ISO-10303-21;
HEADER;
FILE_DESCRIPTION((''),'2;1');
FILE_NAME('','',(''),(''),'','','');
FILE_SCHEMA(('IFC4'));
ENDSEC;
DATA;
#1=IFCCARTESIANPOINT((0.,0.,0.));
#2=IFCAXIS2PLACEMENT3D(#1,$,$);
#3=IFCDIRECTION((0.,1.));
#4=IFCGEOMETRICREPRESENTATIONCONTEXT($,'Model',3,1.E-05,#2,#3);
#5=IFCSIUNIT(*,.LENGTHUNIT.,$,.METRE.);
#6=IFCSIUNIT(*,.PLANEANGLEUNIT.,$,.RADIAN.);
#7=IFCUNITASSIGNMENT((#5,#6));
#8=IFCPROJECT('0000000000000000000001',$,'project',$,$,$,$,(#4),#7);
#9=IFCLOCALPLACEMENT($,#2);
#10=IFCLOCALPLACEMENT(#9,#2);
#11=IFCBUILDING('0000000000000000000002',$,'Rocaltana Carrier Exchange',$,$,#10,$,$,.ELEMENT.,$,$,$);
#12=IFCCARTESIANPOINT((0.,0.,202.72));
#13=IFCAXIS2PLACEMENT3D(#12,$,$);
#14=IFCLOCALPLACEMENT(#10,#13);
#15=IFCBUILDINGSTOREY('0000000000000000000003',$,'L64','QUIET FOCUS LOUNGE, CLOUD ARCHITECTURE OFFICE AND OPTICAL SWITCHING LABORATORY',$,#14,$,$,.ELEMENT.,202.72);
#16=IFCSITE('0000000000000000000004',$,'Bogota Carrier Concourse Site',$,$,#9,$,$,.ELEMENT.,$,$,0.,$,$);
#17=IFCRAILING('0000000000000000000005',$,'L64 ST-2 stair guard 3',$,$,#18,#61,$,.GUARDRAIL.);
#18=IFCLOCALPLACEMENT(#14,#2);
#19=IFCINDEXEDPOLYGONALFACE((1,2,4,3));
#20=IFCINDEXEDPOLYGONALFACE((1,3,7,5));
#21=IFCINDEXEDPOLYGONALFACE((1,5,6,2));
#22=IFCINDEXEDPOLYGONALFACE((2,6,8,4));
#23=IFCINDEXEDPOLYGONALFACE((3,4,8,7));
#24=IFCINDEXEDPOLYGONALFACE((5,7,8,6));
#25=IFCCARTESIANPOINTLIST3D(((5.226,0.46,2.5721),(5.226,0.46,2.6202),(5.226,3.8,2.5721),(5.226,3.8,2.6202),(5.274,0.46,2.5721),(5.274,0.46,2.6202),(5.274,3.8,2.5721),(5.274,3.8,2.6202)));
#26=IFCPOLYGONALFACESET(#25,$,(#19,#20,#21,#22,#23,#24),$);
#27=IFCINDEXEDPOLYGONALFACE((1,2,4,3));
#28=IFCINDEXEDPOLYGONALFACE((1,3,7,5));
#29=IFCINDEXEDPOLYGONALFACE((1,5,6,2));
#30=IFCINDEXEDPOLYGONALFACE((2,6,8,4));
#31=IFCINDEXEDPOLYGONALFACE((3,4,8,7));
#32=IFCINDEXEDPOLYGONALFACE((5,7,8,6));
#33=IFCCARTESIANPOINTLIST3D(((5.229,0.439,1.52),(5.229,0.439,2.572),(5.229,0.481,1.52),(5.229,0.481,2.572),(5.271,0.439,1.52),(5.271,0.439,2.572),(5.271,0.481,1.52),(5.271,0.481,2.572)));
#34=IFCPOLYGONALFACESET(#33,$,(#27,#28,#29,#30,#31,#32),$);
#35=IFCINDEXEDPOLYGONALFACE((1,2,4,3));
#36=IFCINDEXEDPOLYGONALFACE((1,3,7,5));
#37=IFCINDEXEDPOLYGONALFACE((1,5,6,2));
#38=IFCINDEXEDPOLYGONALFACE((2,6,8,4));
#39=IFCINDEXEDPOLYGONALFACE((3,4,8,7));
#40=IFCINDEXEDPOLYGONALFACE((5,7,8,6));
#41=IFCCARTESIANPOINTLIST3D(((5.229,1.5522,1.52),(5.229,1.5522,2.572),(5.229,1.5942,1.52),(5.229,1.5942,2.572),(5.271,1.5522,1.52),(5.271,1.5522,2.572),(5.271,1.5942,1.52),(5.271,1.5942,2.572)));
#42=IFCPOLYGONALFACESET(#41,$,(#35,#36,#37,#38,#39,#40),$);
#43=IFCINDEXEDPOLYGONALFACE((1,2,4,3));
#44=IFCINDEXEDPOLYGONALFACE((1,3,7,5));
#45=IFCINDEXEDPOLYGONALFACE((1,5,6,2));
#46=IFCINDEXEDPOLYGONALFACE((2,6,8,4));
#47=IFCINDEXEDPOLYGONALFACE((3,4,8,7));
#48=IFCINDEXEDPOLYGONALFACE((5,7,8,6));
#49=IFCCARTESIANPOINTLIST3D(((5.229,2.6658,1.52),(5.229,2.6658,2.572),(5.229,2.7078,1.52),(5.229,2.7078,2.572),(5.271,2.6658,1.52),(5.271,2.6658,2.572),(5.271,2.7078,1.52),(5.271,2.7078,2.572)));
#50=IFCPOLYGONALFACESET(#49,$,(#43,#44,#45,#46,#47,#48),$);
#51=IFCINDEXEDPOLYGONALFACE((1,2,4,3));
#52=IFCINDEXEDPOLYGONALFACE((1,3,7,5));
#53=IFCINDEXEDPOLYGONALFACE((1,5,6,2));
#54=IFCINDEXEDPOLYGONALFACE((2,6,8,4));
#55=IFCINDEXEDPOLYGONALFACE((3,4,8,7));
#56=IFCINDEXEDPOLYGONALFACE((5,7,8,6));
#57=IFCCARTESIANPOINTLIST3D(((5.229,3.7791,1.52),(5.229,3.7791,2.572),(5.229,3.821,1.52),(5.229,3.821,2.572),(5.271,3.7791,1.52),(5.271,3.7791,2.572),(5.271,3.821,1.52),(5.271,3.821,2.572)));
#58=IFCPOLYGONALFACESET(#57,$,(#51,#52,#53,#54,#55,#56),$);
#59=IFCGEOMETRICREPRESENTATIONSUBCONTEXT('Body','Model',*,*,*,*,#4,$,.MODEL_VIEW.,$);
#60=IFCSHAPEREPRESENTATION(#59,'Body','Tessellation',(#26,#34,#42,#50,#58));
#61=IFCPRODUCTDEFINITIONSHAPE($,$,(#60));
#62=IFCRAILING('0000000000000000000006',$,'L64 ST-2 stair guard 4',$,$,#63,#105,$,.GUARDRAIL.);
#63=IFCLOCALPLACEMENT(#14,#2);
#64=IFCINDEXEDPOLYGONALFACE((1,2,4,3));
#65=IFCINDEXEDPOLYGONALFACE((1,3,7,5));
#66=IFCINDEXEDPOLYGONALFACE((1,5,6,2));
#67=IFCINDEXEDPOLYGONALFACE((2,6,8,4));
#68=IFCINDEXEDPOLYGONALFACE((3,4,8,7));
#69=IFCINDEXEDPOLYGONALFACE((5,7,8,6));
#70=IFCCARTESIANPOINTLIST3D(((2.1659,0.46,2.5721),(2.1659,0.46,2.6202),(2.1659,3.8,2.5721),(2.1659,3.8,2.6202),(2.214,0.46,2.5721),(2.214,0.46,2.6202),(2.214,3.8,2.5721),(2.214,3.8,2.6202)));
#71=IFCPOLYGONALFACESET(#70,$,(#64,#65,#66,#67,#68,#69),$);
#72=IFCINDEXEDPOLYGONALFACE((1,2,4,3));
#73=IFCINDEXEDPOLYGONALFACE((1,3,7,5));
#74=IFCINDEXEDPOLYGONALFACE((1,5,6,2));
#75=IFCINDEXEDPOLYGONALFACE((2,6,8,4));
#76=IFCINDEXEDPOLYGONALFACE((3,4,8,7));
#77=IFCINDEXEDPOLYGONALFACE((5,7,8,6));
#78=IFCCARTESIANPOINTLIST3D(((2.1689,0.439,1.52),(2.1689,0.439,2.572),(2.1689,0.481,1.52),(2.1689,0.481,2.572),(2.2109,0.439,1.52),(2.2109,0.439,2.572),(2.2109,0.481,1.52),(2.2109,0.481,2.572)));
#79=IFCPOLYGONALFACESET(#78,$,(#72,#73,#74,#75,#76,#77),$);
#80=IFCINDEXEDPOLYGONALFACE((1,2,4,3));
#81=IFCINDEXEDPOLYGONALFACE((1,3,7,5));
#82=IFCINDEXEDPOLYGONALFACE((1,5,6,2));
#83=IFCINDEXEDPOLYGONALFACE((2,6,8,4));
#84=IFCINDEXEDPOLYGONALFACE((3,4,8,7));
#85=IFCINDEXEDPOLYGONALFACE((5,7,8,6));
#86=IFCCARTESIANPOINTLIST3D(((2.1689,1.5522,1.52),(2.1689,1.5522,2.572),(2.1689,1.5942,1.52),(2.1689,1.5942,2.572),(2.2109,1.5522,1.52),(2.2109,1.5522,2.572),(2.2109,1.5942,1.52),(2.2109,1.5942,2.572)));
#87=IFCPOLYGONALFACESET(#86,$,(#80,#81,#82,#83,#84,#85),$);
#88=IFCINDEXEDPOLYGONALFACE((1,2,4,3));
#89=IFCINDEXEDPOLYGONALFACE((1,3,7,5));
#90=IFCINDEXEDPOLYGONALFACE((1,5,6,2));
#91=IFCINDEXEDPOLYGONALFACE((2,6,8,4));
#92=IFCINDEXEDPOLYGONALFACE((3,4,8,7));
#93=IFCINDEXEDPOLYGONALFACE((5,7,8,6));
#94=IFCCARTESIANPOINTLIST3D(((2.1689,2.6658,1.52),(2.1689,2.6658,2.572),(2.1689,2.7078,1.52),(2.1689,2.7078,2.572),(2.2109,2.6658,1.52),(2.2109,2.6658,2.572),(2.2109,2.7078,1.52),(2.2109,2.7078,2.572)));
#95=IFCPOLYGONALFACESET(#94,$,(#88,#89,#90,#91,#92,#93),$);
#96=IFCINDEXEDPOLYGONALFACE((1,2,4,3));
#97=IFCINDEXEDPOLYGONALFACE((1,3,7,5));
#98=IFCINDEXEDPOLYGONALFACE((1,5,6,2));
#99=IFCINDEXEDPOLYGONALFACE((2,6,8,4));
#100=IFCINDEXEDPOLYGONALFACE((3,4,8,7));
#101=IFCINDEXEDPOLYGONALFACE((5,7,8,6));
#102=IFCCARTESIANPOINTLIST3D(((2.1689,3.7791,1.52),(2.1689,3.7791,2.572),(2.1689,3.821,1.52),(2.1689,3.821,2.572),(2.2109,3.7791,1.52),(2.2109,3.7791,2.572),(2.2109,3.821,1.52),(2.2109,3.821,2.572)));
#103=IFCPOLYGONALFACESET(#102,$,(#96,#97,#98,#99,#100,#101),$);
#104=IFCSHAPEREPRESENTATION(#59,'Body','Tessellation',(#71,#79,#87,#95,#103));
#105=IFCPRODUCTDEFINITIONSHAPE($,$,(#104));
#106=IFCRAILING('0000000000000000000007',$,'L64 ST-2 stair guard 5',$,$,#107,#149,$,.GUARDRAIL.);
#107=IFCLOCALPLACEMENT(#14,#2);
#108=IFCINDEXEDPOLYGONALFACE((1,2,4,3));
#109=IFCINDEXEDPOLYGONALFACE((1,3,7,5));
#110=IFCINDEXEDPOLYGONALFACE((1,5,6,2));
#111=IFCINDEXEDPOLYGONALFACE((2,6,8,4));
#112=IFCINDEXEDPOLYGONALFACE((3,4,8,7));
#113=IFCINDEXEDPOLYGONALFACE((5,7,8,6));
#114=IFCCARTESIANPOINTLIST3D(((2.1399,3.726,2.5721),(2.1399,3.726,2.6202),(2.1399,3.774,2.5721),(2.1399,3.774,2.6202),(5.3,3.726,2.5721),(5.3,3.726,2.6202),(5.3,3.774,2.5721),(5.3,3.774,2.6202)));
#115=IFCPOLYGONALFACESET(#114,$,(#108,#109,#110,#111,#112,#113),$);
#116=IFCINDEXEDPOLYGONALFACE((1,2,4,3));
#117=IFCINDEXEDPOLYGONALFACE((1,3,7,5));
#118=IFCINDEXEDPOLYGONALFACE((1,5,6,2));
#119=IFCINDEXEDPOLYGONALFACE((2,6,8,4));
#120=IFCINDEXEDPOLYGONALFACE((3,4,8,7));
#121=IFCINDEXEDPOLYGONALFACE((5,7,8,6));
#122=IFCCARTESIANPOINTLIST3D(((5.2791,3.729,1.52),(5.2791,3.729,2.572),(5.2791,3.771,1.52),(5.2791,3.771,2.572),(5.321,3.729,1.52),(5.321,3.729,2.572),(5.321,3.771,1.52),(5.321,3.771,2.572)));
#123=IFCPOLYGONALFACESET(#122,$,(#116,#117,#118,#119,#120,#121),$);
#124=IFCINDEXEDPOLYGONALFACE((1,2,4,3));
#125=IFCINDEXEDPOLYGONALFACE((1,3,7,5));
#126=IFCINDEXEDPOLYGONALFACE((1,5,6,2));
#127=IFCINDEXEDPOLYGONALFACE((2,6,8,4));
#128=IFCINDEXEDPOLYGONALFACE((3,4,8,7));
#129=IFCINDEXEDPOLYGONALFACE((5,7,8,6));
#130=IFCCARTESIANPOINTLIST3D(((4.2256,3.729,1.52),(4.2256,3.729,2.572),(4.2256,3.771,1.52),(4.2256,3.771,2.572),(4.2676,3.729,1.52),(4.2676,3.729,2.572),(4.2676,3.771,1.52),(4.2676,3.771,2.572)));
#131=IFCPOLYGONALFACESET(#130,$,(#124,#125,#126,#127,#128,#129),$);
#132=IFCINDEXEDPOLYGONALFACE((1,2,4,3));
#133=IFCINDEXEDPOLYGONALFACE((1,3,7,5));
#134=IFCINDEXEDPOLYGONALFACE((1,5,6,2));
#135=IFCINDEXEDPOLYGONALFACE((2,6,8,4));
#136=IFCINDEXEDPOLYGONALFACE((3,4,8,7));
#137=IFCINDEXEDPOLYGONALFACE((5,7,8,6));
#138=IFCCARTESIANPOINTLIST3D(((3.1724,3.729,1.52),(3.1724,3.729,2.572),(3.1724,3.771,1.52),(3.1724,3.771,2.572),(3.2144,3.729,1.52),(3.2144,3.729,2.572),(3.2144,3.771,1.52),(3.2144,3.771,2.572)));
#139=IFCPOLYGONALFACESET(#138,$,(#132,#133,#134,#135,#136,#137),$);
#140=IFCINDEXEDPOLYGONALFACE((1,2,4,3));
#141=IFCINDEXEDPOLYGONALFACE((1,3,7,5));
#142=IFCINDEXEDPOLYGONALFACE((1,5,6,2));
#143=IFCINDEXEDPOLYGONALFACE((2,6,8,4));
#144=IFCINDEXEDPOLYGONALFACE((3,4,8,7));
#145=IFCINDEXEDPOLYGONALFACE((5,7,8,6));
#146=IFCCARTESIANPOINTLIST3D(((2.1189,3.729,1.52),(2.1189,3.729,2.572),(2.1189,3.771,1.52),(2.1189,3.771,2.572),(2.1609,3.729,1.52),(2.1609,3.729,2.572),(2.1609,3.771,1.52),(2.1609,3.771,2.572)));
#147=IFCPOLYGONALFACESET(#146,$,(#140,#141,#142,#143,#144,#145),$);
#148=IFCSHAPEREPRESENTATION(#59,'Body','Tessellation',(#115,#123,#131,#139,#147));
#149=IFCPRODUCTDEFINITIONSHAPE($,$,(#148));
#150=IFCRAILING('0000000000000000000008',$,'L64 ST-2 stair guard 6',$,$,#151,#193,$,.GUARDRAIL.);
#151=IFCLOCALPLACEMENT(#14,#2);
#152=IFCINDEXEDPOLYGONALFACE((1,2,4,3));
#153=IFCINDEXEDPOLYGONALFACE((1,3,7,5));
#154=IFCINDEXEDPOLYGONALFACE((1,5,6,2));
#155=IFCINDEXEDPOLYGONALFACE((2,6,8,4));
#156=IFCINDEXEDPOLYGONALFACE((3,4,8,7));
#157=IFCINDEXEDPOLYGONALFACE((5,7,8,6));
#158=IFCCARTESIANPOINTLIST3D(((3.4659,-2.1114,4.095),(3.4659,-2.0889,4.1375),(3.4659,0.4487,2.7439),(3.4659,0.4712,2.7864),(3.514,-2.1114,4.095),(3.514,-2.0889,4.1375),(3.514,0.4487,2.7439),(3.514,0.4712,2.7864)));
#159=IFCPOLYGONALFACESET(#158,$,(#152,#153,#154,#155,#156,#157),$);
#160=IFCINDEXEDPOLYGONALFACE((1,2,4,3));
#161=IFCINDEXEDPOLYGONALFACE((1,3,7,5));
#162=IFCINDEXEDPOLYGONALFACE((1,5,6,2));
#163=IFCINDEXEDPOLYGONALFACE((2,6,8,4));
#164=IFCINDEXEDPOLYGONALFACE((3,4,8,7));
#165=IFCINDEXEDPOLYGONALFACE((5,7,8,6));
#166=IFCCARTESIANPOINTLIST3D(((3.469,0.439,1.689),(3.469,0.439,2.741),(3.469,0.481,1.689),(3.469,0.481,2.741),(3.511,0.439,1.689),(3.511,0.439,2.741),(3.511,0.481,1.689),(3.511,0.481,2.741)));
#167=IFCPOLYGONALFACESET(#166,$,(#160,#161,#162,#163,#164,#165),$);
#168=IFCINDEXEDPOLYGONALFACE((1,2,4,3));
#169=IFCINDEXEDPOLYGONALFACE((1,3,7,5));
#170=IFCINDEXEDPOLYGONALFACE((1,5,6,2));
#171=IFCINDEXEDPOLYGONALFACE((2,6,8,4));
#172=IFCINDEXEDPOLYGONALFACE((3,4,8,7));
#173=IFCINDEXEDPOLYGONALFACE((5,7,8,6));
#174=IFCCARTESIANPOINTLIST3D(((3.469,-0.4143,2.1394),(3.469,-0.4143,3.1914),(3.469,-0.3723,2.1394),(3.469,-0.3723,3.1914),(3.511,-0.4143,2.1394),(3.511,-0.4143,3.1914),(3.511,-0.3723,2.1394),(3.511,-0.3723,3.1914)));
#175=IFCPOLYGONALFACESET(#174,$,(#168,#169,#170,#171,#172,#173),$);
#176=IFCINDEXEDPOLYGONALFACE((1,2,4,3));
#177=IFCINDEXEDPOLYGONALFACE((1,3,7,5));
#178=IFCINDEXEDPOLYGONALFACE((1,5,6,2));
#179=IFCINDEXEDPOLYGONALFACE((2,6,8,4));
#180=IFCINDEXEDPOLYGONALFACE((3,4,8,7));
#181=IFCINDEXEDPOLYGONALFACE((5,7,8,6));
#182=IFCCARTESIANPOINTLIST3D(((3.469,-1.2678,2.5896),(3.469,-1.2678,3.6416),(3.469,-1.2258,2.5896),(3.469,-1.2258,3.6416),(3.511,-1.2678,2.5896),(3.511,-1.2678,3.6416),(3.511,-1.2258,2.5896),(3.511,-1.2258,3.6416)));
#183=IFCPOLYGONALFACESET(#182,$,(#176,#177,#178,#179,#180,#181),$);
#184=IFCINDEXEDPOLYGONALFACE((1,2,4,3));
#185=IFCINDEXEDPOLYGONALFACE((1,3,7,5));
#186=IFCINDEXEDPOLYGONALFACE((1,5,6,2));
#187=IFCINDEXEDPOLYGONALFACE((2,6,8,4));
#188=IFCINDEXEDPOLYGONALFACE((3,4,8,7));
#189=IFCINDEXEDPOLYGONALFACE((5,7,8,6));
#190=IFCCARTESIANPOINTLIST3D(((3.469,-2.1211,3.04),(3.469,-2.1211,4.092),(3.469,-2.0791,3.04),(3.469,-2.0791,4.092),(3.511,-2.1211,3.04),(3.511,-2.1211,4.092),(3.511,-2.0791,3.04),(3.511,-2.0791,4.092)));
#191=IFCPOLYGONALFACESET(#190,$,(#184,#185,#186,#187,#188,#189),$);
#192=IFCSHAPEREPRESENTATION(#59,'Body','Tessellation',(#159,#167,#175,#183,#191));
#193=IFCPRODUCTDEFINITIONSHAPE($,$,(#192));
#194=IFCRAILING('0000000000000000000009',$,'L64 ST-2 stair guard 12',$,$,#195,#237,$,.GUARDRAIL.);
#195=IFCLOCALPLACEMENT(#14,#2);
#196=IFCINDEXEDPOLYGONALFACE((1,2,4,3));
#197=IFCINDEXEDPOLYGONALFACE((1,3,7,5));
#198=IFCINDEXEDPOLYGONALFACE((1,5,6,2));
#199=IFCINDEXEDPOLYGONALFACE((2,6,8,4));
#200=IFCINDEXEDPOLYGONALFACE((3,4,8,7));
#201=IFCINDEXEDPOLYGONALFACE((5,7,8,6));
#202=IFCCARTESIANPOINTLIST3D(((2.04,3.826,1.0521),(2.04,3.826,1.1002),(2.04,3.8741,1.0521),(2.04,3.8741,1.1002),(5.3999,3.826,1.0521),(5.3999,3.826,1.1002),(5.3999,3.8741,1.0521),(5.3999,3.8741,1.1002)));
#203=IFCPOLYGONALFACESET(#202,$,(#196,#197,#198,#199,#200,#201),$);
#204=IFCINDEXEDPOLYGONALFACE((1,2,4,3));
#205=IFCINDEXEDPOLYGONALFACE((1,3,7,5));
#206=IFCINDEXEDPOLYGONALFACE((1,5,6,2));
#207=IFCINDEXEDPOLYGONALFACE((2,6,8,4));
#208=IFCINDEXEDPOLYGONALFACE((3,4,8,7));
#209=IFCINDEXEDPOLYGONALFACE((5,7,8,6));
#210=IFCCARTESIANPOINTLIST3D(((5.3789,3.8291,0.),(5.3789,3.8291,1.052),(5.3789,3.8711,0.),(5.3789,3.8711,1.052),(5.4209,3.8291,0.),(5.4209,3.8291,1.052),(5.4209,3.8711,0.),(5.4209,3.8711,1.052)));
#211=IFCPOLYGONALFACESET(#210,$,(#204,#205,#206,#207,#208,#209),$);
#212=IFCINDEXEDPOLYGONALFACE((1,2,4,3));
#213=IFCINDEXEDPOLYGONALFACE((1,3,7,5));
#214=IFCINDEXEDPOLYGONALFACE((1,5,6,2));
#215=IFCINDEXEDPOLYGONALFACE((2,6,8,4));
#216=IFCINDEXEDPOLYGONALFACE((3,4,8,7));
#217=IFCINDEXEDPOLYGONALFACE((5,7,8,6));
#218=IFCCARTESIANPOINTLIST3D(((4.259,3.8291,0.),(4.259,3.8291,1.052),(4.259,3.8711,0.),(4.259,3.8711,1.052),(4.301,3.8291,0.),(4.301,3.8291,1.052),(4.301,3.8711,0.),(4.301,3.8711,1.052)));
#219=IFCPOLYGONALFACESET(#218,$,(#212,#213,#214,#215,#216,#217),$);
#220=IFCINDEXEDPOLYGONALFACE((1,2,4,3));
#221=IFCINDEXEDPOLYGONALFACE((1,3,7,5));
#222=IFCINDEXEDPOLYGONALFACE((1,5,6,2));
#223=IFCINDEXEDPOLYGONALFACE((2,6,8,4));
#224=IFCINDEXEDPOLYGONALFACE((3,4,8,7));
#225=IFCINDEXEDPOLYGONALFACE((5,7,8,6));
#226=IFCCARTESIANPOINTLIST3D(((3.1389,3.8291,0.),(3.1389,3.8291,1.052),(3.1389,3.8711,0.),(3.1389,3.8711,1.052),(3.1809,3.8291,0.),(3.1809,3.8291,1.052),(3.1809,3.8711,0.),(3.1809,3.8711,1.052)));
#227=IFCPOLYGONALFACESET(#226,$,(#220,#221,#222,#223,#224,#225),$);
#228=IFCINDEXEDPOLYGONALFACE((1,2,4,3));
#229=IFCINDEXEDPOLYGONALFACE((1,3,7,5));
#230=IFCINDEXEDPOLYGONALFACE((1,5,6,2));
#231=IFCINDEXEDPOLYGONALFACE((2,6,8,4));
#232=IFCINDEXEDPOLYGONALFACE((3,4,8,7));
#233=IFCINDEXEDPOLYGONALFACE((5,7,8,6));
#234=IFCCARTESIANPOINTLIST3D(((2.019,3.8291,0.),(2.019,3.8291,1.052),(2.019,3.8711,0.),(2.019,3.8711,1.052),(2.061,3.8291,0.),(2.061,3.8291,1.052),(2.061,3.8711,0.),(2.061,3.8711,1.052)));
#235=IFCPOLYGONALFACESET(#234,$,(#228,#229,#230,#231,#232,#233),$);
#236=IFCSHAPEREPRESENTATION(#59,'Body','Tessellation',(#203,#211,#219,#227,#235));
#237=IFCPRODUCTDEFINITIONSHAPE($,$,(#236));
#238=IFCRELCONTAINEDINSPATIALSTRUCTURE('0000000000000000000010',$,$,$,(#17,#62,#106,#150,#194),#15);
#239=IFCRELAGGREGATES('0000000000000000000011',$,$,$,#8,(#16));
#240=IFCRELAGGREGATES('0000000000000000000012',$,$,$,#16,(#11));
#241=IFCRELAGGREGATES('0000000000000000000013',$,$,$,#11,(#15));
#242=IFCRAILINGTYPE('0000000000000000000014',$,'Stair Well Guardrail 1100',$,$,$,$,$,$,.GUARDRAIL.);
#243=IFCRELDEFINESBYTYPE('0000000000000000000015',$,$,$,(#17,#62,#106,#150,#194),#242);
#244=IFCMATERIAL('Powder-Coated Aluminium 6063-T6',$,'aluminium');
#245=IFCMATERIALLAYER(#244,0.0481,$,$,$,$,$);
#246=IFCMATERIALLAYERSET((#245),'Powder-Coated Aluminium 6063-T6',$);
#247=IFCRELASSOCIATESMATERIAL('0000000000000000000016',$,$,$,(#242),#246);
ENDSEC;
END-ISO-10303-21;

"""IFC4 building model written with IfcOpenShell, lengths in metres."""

from ifc_helpers import new_model, si_unit, direction, frame, origin, origin_2d, place, context, subcontext, project, spatial, rectangle, extrude, material, layer, layer_set, type_object, element, save


model = new_model("IFC4")

# Units and contexts
model_context = context("Model", 3, precision=1e-05, world=origin(), true_north=direction((0.0, 1.0)))
body_context = subcontext(model_context, "Body", "Model", "MODEL_VIEW")
ifc_project = project(units=[si_unit("LENGTHUNIT", "METRE"), si_unit("PLANEANGLEUNIT", "RADIAN")], contexts=[model_context])

# Site, building, storey
site_placement = place(None, origin())
site = spatial("IfcSite", under=ifc_project, at=site_placement, Name="Bogota Carrier Concourse Site", CompositionType="ELEMENT", RefElevation=0.0)
building_placement = place(site_placement, origin())
building = spatial("IfcBuilding", under=site, at=building_placement, Name="Rocaltana Carrier Exchange", CompositionType="ELEMENT")
storey_placement = place(building_placement, frame((0.0, 0.0, 202.72)))
storey = spatial("IfcBuildingStorey", under=building, at=storey_placement, Name="L64", Description="QUIET FOCUS LOUNGE, CLOUD ARCHITECTURE OFFICE AND OPTICAL SWITCHING LABORATORY", CompositionType="ELEMENT", Elevation=202.72)

# Railings
ifc_material_1 = material(Name="Powder-Coated Aluminium 6063-T6", Category="aluminium")
ifc_layer_1 = layer(ifc_material_1, 0.0481)
ifc_layer_set_1 = layer_set([ifc_layer_1], Name="Powder-Coated Aluminium 6063-T6")
railing_type_1 = type_object("IfcRailingType", Name="Stair Well Guardrail 1100", PredefinedType="GUARDRAIL", material=ifc_layer_set_1)
for number, where, name in (
    (1, (5.25, 0.46, 1.52), "L64 ST-2 stair guard 3"),
    (2, (2.1899, 0.46, 1.52), "L64 ST-2 stair guard 4"),
):
    element("IfcRailing", number, at=place(storey_placement, frame(where)), inside=storey, type_object=railing_type_1, Name=name, PredefinedType="GUARDRAIL", context=body_context, shape_type="SweptSolid", body=[
        extrude(rectangle(XDim=0.0481, YDim=0.0481, at=origin_2d()), frame((0.0, 0.0, 1.0762), z_axis=(0.0, 1.0, 0.0), x_axis=(-1.0, 0.0, 0.0)), (0.0, 0.0, 1.0), 3.3401),
        extrude(rectangle(XDim=0.042, YDim=0.042, at=origin_2d()), origin(), (0.0, 0.0, 1.0), 1.052),
        extrude(rectangle(XDim=0.042, YDim=0.042, at=origin_2d()), frame((0.0, 1.1133, 0.0)), (0.0, 0.0, 1.0), 1.052),
        extrude(rectangle(XDim=0.042, YDim=0.042, at=origin_2d()), frame((0.0, 2.2268, 0.0)), (0.0, 0.0, 1.0), 1.052),
        extrude(rectangle(XDim=0.042, YDim=0.042, at=origin_2d()), frame((0.0, 3.3401, 0.0)), (0.0, 0.0, 1.0), 1.052),
    ])
railing_1_placement = place(storey_placement, frame((5.3, 3.75, 1.52)))
element("IfcRailing", 3, at=railing_1_placement, inside=storey, type_object=railing_type_1, Name="L64 ST-2 stair guard 5", PredefinedType="GUARDRAIL", context=body_context, shape_type="SweptSolid", body=[
    extrude(rectangle(XDim=0.0481, YDim=0.0481, at=origin_2d()), frame((0.0, 0.0, 1.0762), z_axis=(-1.0, 0.0, 0.0), x_axis=(0.0, -1.0, 0.0)), (0.0, 0.0, 1.0), 3.1602),
    extrude(rectangle(XDim=0.042, YDim=0.042, at=origin_2d()), origin(), (0.0, 0.0, 1.0), 1.052),
    extrude(rectangle(XDim=0.042, YDim=0.042, at=origin_2d()), frame((-1.0535, 0.0, 0.0)), (0.0, 0.0, 1.0), 1.052),
    extrude(rectangle(XDim=0.042, YDim=0.042, at=origin_2d()), frame((-2.1067, 0.0, 0.0)), (0.0, 0.0, 1.0), 1.052),
    extrude(rectangle(XDim=0.042, YDim=0.042, at=origin_2d()), frame((-3.1602, 0.0, 0.0)), (0.0, 0.0, 1.0), 1.052),
])
railing_2_placement = place(storey_placement, frame((3.49, 0.46, 1.689)))
element("IfcRailing", 4, at=railing_2_placement, inside=storey, type_object=railing_type_1, Name="L64 ST-2 stair guard 6", PredefinedType="GUARDRAIL", context=body_context, shape_type="SweptSolid", body=[
    extrude(rectangle(XDim=0.0481, YDim=0.0481, at=origin_2d()), frame((0.0, 0.0, 1.0762), z_axis=(0.0, -0.884394, 0.46674), x_axis=(1.0, 0.0, 0.0)), (0.0, 0.0, 1.0), 2.8948),
    extrude(rectangle(XDim=0.042, YDim=0.042, at=origin_2d()), origin(), (0.0, 0.0, 1.0), 1.052),
    extrude(rectangle(XDim=0.042, YDim=0.042, at=origin_2d()), frame((0.0, -0.8533, 0.4504)), (0.0, 0.0, 1.0), 1.052),
    extrude(rectangle(XDim=0.042, YDim=0.042, at=origin_2d()), frame((0.0, -1.7068, 0.9006)), (0.0, 0.0, 1.0), 1.052),
    extrude(rectangle(XDim=0.042, YDim=0.042, at=origin_2d()), frame((0.0, -2.5601, 1.3511)), (0.0, 0.0, 1.0), 1.052),
])
railing_3_placement = place(storey_placement, frame((5.3999, 3.8501, 0.0)))
element("IfcRailing", 5, at=railing_3_placement, inside=storey, type_object=railing_type_1, Name="L64 ST-2 stair guard 12", PredefinedType="GUARDRAIL", context=body_context, shape_type="SweptSolid", body=[
    extrude(rectangle(XDim=0.0481, YDim=0.0481, at=origin_2d()), frame((0.0, 0.0, 1.0762), z_axis=(-1.0, 0.0, 0.0), x_axis=(0.0, -1.0, 0.0)), (0.0, 0.0, 1.0), 3.3599),
    extrude(rectangle(XDim=0.042, YDim=0.042, at=origin_2d()), origin(), (0.0, 0.0, 1.0), 1.052),
    extrude(rectangle(XDim=0.042, YDim=0.042, at=origin_2d()), frame((-1.1199, 0.0, 0.0)), (0.0, 0.0, 1.0), 1.052),
    extrude(rectangle(XDim=0.042, YDim=0.042, at=origin_2d()), frame((-2.24, 0.0, 0.0)), (0.0, 0.0, 1.0), 1.052),
    extrude(rectangle(XDim=0.042, YDim=0.042, at=origin_2d()), frame((-3.3599, 0.0, 0.0)), (0.0, 0.0, 1.0), 1.052),
])

save(model, "model.ifc")
